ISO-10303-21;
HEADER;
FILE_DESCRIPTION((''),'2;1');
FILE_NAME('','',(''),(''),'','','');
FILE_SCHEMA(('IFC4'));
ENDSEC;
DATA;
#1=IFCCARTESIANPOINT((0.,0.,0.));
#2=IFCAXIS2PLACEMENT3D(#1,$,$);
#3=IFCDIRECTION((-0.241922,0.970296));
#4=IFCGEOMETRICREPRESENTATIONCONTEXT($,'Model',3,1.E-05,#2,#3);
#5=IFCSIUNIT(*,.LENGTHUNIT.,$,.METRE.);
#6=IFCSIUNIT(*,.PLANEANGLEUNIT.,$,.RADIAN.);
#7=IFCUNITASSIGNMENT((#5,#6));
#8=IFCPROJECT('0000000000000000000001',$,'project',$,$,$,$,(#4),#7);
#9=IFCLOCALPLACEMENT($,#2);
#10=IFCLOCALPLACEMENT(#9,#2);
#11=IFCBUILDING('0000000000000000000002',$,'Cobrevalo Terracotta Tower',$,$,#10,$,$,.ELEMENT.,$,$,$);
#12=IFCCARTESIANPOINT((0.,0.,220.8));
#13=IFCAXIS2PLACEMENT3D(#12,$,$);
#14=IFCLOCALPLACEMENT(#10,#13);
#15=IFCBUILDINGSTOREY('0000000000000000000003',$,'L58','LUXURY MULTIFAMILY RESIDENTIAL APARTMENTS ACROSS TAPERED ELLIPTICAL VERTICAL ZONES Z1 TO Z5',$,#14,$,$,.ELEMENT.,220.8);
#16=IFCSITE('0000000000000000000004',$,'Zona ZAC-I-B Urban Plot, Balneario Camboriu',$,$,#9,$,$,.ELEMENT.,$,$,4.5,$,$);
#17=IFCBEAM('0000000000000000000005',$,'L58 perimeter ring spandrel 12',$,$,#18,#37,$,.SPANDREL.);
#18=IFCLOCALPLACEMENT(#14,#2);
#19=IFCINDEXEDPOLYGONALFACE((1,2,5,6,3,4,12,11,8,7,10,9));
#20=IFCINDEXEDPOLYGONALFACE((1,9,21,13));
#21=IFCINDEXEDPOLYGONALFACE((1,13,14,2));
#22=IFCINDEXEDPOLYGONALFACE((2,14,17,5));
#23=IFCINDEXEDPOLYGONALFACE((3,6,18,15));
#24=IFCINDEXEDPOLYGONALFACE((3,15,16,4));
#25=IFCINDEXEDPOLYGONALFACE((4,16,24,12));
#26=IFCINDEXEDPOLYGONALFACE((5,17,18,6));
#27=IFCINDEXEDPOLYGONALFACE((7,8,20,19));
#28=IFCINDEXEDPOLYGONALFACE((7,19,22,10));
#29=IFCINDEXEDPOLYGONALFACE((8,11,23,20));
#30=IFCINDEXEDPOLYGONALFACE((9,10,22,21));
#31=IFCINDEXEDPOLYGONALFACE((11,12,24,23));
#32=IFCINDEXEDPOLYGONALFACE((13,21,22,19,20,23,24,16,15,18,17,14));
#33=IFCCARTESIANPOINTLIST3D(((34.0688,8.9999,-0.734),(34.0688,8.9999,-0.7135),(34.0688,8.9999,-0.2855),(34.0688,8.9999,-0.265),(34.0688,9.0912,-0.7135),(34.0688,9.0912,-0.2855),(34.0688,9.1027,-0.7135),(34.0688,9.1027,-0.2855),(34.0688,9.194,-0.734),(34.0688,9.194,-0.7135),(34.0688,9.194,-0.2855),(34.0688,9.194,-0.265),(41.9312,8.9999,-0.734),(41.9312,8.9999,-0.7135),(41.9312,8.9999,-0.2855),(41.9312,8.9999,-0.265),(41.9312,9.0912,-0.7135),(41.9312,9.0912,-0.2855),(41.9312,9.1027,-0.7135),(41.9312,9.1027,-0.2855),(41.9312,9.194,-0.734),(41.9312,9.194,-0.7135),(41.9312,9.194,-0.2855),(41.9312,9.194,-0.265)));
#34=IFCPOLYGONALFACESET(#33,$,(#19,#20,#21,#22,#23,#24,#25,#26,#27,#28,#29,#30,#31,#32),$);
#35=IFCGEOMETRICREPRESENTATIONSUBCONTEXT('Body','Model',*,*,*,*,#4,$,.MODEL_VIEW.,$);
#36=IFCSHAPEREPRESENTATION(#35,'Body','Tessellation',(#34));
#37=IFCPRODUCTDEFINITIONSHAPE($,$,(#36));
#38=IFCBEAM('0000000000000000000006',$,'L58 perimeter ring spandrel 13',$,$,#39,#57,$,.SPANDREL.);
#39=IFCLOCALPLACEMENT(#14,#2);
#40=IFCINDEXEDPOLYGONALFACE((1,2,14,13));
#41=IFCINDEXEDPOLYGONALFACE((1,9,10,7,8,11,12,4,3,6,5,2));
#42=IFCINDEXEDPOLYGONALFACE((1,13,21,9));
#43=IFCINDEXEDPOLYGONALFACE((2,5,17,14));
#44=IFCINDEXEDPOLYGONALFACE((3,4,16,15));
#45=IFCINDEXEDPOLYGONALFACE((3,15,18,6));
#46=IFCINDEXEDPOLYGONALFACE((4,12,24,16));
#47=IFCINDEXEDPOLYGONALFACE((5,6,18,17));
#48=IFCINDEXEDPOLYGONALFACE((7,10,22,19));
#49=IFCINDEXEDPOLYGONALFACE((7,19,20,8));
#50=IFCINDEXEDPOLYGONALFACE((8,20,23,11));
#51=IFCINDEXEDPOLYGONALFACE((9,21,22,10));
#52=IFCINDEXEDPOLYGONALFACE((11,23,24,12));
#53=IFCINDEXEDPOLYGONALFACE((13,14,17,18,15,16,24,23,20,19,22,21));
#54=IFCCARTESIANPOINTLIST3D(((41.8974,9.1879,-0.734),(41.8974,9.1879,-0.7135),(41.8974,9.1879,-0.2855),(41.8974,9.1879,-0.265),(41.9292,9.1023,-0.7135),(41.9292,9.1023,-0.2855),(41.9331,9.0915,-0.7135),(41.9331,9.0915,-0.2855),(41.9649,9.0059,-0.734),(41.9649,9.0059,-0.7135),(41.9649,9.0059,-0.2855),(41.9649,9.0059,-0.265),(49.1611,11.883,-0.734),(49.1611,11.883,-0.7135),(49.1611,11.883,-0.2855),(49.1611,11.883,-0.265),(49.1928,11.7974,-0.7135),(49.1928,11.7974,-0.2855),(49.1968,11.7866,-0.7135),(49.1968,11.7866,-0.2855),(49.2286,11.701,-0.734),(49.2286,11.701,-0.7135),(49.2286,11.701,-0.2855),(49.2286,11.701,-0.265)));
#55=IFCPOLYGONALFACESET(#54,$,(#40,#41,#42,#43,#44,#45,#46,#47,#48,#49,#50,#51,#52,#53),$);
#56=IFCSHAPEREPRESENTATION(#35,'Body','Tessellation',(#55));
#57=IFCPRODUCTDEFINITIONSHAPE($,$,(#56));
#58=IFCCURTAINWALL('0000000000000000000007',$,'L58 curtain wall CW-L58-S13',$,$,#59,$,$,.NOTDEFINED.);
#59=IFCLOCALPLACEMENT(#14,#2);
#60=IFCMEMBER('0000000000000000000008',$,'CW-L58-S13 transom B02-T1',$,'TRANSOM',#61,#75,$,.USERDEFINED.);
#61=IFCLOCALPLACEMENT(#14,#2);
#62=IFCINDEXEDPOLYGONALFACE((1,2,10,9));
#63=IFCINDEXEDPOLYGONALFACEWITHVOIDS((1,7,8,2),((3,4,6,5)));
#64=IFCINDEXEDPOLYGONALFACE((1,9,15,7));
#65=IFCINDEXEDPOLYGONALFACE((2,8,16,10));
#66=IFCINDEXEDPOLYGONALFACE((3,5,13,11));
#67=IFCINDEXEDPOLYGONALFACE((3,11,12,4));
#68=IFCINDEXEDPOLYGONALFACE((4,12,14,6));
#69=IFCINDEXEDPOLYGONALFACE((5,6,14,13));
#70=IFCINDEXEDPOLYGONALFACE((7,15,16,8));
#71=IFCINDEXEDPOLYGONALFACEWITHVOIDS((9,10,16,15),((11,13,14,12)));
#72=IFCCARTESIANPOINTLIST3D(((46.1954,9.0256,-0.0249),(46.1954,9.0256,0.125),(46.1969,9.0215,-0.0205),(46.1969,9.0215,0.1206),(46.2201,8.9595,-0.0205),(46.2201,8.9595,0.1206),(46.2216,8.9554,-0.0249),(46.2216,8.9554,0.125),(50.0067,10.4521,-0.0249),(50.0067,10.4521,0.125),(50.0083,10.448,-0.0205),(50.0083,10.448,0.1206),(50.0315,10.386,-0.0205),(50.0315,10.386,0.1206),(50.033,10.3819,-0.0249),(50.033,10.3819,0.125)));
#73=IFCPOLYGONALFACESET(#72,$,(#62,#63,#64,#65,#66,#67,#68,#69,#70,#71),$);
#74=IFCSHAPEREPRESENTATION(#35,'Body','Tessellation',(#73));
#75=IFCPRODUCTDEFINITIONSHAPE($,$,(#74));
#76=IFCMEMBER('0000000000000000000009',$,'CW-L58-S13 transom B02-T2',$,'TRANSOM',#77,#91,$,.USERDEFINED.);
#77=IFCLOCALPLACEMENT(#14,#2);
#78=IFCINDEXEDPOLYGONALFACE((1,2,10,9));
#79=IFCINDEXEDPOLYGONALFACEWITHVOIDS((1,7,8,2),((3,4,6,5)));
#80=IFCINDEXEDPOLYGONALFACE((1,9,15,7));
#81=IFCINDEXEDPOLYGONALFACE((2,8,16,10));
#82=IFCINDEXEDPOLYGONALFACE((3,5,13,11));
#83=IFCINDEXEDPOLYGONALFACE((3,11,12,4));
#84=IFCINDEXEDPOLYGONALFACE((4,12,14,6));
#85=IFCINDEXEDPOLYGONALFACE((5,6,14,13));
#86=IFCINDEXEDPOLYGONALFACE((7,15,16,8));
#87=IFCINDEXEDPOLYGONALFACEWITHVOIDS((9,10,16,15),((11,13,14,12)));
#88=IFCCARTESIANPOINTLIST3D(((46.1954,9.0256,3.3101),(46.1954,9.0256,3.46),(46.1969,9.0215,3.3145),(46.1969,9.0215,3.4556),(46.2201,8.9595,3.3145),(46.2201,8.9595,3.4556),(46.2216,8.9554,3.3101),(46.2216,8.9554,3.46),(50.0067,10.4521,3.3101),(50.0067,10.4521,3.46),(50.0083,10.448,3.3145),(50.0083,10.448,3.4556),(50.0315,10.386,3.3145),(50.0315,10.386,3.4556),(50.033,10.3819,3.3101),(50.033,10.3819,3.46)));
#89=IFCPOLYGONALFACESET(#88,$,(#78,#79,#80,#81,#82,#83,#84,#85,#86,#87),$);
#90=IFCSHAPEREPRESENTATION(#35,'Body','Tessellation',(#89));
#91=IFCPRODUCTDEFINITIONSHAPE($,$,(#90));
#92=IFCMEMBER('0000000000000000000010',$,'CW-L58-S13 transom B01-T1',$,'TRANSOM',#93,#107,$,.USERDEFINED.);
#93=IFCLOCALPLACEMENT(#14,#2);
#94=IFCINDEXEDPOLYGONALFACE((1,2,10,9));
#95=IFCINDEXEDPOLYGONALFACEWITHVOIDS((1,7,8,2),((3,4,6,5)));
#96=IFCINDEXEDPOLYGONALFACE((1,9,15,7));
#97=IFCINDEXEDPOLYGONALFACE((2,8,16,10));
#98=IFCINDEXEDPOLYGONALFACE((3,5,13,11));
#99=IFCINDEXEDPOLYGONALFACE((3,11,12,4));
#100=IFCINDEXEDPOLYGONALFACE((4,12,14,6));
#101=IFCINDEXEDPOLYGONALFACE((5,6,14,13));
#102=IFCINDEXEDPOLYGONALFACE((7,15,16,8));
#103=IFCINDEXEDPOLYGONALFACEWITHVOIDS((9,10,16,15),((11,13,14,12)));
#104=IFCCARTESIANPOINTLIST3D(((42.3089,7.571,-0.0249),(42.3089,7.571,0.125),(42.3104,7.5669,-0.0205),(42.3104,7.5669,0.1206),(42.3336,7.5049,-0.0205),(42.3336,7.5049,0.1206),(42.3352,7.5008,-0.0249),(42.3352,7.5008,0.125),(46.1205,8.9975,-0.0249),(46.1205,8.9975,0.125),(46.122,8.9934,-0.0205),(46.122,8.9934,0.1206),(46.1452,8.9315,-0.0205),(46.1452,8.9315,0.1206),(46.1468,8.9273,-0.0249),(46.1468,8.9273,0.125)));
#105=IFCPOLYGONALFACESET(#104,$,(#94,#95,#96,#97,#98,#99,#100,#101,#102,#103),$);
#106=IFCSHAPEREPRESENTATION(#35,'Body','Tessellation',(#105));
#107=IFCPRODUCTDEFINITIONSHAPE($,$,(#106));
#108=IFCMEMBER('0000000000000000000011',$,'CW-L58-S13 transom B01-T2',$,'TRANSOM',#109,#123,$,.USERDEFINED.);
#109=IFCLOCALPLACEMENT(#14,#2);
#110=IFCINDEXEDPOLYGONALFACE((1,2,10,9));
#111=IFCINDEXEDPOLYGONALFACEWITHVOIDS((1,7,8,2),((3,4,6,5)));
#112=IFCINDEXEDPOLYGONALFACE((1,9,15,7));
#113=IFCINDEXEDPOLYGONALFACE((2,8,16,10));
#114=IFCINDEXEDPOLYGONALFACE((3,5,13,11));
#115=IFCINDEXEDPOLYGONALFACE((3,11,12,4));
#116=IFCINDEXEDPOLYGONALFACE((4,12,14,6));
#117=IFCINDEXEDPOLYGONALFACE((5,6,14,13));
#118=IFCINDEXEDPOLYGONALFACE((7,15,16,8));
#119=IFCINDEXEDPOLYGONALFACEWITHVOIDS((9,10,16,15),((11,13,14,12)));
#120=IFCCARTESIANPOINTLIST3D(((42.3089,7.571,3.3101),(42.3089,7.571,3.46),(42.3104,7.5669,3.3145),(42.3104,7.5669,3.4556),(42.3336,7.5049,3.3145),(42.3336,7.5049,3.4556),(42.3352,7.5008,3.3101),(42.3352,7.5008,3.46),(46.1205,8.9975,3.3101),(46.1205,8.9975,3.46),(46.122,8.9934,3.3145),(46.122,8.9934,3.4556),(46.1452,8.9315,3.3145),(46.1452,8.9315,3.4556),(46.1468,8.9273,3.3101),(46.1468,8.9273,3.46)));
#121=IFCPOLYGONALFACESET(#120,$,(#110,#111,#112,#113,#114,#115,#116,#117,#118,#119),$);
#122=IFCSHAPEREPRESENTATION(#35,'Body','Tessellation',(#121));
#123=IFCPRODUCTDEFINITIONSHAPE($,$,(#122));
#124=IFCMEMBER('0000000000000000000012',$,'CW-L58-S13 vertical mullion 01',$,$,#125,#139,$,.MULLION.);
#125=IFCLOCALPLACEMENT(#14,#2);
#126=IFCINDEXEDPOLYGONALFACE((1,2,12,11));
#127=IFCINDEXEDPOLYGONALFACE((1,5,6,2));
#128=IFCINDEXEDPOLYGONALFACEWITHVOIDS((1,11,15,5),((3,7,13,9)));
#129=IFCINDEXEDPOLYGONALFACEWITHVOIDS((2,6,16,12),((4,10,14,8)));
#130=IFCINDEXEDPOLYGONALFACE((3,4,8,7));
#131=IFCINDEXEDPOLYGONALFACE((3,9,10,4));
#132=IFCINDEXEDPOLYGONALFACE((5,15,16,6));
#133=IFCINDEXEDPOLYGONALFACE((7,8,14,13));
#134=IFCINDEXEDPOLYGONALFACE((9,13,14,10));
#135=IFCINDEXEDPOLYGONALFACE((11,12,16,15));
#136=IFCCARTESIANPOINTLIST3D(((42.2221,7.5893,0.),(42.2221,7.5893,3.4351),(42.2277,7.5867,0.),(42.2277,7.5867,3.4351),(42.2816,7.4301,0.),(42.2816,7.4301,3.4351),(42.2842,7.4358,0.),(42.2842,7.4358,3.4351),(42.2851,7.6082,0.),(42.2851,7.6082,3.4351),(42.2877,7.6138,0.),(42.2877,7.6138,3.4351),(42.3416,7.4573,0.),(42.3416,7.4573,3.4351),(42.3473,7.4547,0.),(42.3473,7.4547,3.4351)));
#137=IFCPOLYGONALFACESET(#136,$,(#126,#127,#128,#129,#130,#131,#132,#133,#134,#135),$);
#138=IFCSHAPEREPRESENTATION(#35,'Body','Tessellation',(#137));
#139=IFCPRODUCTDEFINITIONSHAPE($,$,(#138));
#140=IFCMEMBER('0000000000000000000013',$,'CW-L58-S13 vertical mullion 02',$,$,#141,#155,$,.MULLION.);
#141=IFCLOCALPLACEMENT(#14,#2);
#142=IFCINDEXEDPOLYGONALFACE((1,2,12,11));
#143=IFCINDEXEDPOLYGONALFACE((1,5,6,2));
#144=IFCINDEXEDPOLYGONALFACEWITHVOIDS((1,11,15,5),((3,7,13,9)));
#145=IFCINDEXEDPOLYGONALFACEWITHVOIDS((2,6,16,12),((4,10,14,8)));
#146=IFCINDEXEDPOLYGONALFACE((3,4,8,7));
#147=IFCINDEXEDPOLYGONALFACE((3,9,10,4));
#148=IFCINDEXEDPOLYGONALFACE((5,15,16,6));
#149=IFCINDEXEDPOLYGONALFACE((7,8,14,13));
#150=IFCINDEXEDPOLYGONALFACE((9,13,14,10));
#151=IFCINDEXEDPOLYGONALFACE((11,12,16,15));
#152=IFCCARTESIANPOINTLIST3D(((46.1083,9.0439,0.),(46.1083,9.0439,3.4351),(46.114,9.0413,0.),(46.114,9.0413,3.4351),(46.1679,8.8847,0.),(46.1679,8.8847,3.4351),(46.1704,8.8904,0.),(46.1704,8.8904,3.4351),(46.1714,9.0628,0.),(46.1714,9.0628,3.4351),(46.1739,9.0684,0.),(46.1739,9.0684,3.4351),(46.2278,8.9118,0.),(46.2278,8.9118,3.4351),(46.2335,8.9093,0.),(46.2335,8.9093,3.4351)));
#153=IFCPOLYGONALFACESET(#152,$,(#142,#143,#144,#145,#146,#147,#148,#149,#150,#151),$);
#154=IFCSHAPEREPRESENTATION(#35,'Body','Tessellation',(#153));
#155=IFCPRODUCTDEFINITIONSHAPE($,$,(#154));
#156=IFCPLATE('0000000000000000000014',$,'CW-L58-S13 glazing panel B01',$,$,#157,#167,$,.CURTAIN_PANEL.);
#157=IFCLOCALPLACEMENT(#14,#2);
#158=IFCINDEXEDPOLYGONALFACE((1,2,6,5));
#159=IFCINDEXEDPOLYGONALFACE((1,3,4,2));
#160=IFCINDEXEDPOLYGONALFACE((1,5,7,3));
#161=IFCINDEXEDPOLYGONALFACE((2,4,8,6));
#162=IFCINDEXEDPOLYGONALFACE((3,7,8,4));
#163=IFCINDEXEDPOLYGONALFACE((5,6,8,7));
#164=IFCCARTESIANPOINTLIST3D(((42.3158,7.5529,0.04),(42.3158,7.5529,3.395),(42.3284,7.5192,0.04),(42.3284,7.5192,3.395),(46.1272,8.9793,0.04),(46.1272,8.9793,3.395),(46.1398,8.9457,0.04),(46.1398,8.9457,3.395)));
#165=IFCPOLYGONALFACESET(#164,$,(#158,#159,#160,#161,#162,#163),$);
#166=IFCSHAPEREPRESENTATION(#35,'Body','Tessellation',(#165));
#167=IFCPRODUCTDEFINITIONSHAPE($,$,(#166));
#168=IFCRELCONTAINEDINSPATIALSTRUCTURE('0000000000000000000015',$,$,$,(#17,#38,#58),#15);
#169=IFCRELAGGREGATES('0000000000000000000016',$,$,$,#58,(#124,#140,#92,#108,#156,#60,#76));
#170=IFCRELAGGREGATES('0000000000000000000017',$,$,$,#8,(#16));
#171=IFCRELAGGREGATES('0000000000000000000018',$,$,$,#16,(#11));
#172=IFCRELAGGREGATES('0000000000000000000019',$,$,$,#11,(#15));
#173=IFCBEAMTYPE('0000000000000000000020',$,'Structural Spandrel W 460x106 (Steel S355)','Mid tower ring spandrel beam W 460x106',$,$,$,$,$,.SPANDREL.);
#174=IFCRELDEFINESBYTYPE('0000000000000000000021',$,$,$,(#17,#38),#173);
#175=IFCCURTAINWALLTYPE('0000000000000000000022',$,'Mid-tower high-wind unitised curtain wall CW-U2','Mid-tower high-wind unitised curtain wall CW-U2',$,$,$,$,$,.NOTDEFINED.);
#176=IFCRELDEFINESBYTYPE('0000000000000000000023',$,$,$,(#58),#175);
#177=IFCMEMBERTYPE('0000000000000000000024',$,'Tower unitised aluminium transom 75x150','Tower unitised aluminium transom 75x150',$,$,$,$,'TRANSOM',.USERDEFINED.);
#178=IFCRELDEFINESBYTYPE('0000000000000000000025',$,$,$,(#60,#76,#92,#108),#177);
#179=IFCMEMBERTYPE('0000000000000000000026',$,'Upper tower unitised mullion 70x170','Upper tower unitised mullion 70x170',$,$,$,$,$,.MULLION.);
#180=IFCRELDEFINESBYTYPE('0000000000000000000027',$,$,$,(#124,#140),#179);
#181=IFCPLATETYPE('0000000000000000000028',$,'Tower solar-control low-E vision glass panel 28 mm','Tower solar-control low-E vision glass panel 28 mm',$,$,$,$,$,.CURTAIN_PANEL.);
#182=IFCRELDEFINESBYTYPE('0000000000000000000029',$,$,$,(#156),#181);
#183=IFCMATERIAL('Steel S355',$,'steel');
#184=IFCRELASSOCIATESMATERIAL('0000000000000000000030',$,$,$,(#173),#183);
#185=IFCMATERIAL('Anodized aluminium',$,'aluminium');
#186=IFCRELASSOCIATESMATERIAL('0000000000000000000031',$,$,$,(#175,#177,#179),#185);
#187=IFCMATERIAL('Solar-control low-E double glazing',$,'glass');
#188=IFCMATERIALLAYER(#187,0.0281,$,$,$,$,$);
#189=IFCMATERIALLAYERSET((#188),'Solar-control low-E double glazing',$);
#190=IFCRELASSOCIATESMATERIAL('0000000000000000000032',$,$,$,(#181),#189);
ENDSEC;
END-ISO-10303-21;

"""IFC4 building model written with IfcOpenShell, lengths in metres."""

from ifc_helpers import new_model, si_unit, direction, frame, origin, origin_2d, place, context, subcontext, project, spatial, rectangle, hollow_rectangle, i_section, extrude, source, transform, mapped, material, layer, layer_set, material_profile, profile_set, type_object, element, aggregate, save


model = new_model("IFC4")

# Units and contexts
model_context = context("Model", 3, precision=1e-05, world=origin(), true_north=direction((-0.241922, 0.970296)))
body_context = subcontext(model_context, "Body", "Model", "MODEL_VIEW")
ifc_project = project(units=[si_unit("LENGTHUNIT", "METRE"), si_unit("PLANEANGLEUNIT", "RADIAN")], contexts=[model_context])

# Site, building, storey
site_placement = place(None, origin())
site = spatial("IfcSite", under=ifc_project, at=site_placement, Name="Zona ZAC-I-B Urban Plot, Balneario Camboriu", CompositionType="ELEMENT", RefElevation=4.5)
building_placement = place(site_placement, origin())
building = spatial("IfcBuilding", under=site, at=building_placement, Name="Cobrevalo Terracotta Tower", CompositionType="ELEMENT")
storey_placement = place(building_placement, frame((0.0, 0.0, 220.8)))
storey = spatial("IfcBuildingStorey", under=building, at=storey_placement, Name="L58", Description="LUXURY MULTIFAMILY RESIDENTIAL APARTMENTS ACROSS TAPERED ELLIPTICAL VERTICAL ZONES Z1 TO Z5", CompositionType="ELEMENT", Elevation=220.8)

# Shared definitions
ifc_material_1 = material(Name="Steel S355", Category="steel")

# Beams
ifc_material_profile_1 = material_profile(ifc_material_1, i_section(OverallWidth=0.1941, OverallDepth=0.469, WebThickness=0.0115, FlangeThickness=0.0205, at=origin_2d()), Name="W 460x106")
ifc_profile_set_1 = profile_set([ifc_material_profile_1], Name="Steel S355")
beam_type_1 = type_object("IfcBeamType", Name="Structural Spandrel W 460x106 (Steel S355)", Description="Mid tower ring spandrel beam W 460x106", PredefinedType="SPANDREL", material=ifc_profile_set_1)
beam_1_placement = place(storey_placement, frame((34.0688, 9.0969, -0.4995), z_axis=(1.0, 0.0, 0.0), x_axis=(0.0, 1.0, 0.0)))
element("IfcBeam", 1, at=beam_1_placement, inside=storey, type_object=beam_type_1, Name="L58 perimeter ring spandrel 12", PredefinedType="SPANDREL", context=body_context, shape_type="SweptSolid", body=[
    extrude(i_section(OverallWidth=0.1941, OverallDepth=0.469, WebThickness=0.0115, FlangeThickness=0.0205, at=origin_2d()), origin(), (0.0, 0.0, 1.0), 7.8623),
])
beam_2_placement = place(storey_placement, frame((41.9312, 9.0969, -0.4995), z_axis=(0.937546, 0.347861, 0.0), x_axis=(-0.347861, 0.937546, 0.0)))
element("IfcBeam", 2, at=beam_2_placement, inside=storey, type_object=beam_type_1, Name="L58 perimeter ring spandrel 13", PredefinedType="SPANDREL", context=body_context, shape_type="SweptSolid", body=[
    extrude(i_section(OverallWidth=0.1941, OverallDepth=0.469, WebThickness=0.0115, FlangeThickness=0.0205, at=origin_2d()), origin(), (0.0, 0.0, 1.0), 7.7476),
])

# Curtain wall, members, plate
ifc_material_2 = material(Name="Anodized aluminium", Category="aluminium")
curtain_wall_type = type_object("IfcCurtainWallType", Name="Mid-tower high-wind unitised curtain wall CW-U2", Description="Mid-tower high-wind unitised curtain wall CW-U2", PredefinedType="NOTDEFINED", material=ifc_material_2)
curtain_wall_placement = place(storey_placement, origin())
curtain_wall = element("IfcCurtainWall", 3, at=curtain_wall_placement, inside=storey, type_object=curtain_wall_type, Name="L58 curtain wall CW-L58-S13", PredefinedType="NOTDEFINED")
ifc_material_profile_2 = material_profile(ifc_material_2, hollow_rectangle(XDim=0.075, YDim=0.1499, WallThickness=0.0044, at=origin_2d()), Name="CWT 75x150")
ifc_profile_set_2 = profile_set([ifc_material_profile_2], Name="Anodized aluminium")
member_type_1 = type_object("IfcMemberType", Name="Tower unitised aluminium transom 75x150", Description="Tower unitised aluminium transom 75x150", ElementType="TRANSOM", PredefinedType="USERDEFINED", material=ifc_profile_set_2)
shared_shape_1 = source(origin(), body_context, "Body", "SweptSolid", [
    extrude(hollow_rectangle(XDim=0.075, YDim=0.1499, WallThickness=0.0044, at=origin_2d()), origin(), (0.0, 0.0, 1.0), 4.0696),
])
member_1_placement = place(storey_placement, frame((46.2085, 8.9905, 0.05), z_axis=(0.936548, 0.350538, 0.0), x_axis=(-0.350538, 0.936548, 0.0)))
member_1 = element("IfcMember", 4, at=member_1_placement, type_object=member_type_1, Name="CW-L58-S13 transom B02-T1", ObjectType="TRANSOM", PredefinedType="USERDEFINED", context=body_context, shape_type="MappedRepresentation", body=[
    mapped(shared_shape_1, transform((0.0, 0.0, 0.0), scale=1.0)),
])
member_2_placement = place(storey_placement, frame((46.2085, 8.9905, 3.385), z_axis=(0.936548, 0.350538, 0.0), x_axis=(-0.350538, 0.936548, 0.0)))
member_2 = element("IfcMember", 5, at=member_2_placement, type_object=member_type_1, Name="CW-L58-S13 transom B02-T2", ObjectType="TRANSOM", PredefinedType="USERDEFINED", context=body_context, shape_type="MappedRepresentation", body=[
    mapped(shared_shape_1, transform((0.0, 0.0, 0.0), scale=1.0)),
])
shared_shape_2 = source(origin(), body_context, "Body", "SweptSolid", [
    extrude(hollow_rectangle(XDim=0.075, YDim=0.1499, WallThickness=0.0044, at=origin_2d()), origin(), (0.0, 0.0, 1.0), 4.0698),
])
member_3_placement = place(storey_placement, frame((42.322, 7.5359, 0.05), z_axis=(0.936556, 0.350519, 0.0), x_axis=(-0.350519, 0.936556, 0.0)))
member_3 = element("IfcMember", 6, at=member_3_placement, type_object=member_type_1, Name="CW-L58-S13 transom B01-T1", ObjectType="TRANSOM", PredefinedType="USERDEFINED", context=body_context, shape_type="MappedRepresentation", body=[
    mapped(shared_shape_2, transform((0.0, 0.0, 0.0), scale=1.0)),
])
member_4_placement = place(storey_placement, frame((42.322, 7.5359, 3.385), z_axis=(0.936556, 0.350519, 0.0), x_axis=(-0.350519, 0.936556, 0.0)))
member_4 = element("IfcMember", 7, at=member_4_placement, type_object=member_type_1, Name="CW-L58-S13 transom B01-T2", ObjectType="TRANSOM", PredefinedType="USERDEFINED", context=body_context, shape_type="MappedRepresentation", body=[
    mapped(shared_shape_2, transform((0.0, 0.0, 0.0), scale=1.0)),
])
ifc_material_profile_3 = material_profile(ifc_material_2, hollow_rectangle(XDim=0.0701, YDim=0.1699, WallThickness=0.0044, at=origin_2d()), Name="CWM 70x170")
ifc_profile_set_3 = profile_set([ifc_material_profile_3], Name="Anodized aluminium")
member_type_2 = type_object("IfcMemberType", Name="Upper tower unitised mullion 70x170", Description="Upper tower unitised mullion 70x170", PredefinedType="MULLION", material=ifc_profile_set_3)
shared_shape_3 = source(origin(), body_context, "Body", "SweptSolid", [
    extrude(hollow_rectangle(XDim=0.0701, YDim=0.1699, WallThickness=0.0044, at=origin_2d()), origin(), (0.0, 0.0, 1.0), 3.4351),
])
member_5_placement = place(storey_placement, frame((42.2847, 7.522, 0.0), z_axis=(0.0, 0.0, 1.0), x_axis=(0.936556, 0.350518, 0.0)))
member_5 = element("IfcMember", 8, at=member_5_placement, type_object=member_type_2, Name="CW-L58-S13 vertical mullion 01", PredefinedType="MULLION", context=body_context, shape_type="MappedRepresentation", body=[
    mapped(shared_shape_3, transform((0.0, 0.0, 0.0), scale=1.0)),
])
member_6_placement = place(storey_placement, frame((46.1709, 8.9766, 0.0), z_axis=(0.0, 0.0, 1.0), x_axis=(0.936556, 0.350518, 0.0)))
member_6 = element("IfcMember", 9, at=member_6_placement, type_object=member_type_2, Name="CW-L58-S13 vertical mullion 02", PredefinedType="MULLION", context=body_context, shape_type="MappedRepresentation", body=[
    mapped(shared_shape_3, transform((0.0, 0.0, 0.0), scale=1.0)),
])
ifc_material_3 = material(Name="Solar-control low-E double glazing", Category="glass")
ifc_layer_1 = layer(ifc_material_3, 0.0281)
ifc_layer_set_1 = layer_set([ifc_layer_1], Name="Solar-control low-E double glazing")
plate_type = type_object("IfcPlateType", Name="Tower solar-control low-E vision glass panel 28 mm", Description="Tower solar-control low-E vision glass panel 28 mm", PredefinedType="CURTAIN_PANEL", material=ifc_layer_set_1)
shared_shape_4 = source(origin(), body_context, "Body", "SweptSolid", [
    extrude(rectangle(XDim=4.0696, YDim=0.0359, at=origin_2d()), origin(), (0.0, 0.0, 1.0), 3.355),
])
plate_placement = place(storey_placement, frame((44.2278, 8.2493, 0.04), z_axis=(0.0, 0.0, 1.0), x_axis=(0.936558, 0.350513, 0.0)))
plate = element("IfcPlate", 10, at=plate_placement, type_object=plate_type, Name="CW-L58-S13 glazing panel B01", PredefinedType="CURTAIN_PANEL", context=body_context, shape_type="MappedRepresentation", body=[
    mapped(shared_shape_4, transform((0.0, 0.0, 0.0), scale=1.0)),
])
aggregate(curtain_wall, [member_5, member_6, member_3, member_4, plate, member_1, member_2])

save(model, "model.ifc")
